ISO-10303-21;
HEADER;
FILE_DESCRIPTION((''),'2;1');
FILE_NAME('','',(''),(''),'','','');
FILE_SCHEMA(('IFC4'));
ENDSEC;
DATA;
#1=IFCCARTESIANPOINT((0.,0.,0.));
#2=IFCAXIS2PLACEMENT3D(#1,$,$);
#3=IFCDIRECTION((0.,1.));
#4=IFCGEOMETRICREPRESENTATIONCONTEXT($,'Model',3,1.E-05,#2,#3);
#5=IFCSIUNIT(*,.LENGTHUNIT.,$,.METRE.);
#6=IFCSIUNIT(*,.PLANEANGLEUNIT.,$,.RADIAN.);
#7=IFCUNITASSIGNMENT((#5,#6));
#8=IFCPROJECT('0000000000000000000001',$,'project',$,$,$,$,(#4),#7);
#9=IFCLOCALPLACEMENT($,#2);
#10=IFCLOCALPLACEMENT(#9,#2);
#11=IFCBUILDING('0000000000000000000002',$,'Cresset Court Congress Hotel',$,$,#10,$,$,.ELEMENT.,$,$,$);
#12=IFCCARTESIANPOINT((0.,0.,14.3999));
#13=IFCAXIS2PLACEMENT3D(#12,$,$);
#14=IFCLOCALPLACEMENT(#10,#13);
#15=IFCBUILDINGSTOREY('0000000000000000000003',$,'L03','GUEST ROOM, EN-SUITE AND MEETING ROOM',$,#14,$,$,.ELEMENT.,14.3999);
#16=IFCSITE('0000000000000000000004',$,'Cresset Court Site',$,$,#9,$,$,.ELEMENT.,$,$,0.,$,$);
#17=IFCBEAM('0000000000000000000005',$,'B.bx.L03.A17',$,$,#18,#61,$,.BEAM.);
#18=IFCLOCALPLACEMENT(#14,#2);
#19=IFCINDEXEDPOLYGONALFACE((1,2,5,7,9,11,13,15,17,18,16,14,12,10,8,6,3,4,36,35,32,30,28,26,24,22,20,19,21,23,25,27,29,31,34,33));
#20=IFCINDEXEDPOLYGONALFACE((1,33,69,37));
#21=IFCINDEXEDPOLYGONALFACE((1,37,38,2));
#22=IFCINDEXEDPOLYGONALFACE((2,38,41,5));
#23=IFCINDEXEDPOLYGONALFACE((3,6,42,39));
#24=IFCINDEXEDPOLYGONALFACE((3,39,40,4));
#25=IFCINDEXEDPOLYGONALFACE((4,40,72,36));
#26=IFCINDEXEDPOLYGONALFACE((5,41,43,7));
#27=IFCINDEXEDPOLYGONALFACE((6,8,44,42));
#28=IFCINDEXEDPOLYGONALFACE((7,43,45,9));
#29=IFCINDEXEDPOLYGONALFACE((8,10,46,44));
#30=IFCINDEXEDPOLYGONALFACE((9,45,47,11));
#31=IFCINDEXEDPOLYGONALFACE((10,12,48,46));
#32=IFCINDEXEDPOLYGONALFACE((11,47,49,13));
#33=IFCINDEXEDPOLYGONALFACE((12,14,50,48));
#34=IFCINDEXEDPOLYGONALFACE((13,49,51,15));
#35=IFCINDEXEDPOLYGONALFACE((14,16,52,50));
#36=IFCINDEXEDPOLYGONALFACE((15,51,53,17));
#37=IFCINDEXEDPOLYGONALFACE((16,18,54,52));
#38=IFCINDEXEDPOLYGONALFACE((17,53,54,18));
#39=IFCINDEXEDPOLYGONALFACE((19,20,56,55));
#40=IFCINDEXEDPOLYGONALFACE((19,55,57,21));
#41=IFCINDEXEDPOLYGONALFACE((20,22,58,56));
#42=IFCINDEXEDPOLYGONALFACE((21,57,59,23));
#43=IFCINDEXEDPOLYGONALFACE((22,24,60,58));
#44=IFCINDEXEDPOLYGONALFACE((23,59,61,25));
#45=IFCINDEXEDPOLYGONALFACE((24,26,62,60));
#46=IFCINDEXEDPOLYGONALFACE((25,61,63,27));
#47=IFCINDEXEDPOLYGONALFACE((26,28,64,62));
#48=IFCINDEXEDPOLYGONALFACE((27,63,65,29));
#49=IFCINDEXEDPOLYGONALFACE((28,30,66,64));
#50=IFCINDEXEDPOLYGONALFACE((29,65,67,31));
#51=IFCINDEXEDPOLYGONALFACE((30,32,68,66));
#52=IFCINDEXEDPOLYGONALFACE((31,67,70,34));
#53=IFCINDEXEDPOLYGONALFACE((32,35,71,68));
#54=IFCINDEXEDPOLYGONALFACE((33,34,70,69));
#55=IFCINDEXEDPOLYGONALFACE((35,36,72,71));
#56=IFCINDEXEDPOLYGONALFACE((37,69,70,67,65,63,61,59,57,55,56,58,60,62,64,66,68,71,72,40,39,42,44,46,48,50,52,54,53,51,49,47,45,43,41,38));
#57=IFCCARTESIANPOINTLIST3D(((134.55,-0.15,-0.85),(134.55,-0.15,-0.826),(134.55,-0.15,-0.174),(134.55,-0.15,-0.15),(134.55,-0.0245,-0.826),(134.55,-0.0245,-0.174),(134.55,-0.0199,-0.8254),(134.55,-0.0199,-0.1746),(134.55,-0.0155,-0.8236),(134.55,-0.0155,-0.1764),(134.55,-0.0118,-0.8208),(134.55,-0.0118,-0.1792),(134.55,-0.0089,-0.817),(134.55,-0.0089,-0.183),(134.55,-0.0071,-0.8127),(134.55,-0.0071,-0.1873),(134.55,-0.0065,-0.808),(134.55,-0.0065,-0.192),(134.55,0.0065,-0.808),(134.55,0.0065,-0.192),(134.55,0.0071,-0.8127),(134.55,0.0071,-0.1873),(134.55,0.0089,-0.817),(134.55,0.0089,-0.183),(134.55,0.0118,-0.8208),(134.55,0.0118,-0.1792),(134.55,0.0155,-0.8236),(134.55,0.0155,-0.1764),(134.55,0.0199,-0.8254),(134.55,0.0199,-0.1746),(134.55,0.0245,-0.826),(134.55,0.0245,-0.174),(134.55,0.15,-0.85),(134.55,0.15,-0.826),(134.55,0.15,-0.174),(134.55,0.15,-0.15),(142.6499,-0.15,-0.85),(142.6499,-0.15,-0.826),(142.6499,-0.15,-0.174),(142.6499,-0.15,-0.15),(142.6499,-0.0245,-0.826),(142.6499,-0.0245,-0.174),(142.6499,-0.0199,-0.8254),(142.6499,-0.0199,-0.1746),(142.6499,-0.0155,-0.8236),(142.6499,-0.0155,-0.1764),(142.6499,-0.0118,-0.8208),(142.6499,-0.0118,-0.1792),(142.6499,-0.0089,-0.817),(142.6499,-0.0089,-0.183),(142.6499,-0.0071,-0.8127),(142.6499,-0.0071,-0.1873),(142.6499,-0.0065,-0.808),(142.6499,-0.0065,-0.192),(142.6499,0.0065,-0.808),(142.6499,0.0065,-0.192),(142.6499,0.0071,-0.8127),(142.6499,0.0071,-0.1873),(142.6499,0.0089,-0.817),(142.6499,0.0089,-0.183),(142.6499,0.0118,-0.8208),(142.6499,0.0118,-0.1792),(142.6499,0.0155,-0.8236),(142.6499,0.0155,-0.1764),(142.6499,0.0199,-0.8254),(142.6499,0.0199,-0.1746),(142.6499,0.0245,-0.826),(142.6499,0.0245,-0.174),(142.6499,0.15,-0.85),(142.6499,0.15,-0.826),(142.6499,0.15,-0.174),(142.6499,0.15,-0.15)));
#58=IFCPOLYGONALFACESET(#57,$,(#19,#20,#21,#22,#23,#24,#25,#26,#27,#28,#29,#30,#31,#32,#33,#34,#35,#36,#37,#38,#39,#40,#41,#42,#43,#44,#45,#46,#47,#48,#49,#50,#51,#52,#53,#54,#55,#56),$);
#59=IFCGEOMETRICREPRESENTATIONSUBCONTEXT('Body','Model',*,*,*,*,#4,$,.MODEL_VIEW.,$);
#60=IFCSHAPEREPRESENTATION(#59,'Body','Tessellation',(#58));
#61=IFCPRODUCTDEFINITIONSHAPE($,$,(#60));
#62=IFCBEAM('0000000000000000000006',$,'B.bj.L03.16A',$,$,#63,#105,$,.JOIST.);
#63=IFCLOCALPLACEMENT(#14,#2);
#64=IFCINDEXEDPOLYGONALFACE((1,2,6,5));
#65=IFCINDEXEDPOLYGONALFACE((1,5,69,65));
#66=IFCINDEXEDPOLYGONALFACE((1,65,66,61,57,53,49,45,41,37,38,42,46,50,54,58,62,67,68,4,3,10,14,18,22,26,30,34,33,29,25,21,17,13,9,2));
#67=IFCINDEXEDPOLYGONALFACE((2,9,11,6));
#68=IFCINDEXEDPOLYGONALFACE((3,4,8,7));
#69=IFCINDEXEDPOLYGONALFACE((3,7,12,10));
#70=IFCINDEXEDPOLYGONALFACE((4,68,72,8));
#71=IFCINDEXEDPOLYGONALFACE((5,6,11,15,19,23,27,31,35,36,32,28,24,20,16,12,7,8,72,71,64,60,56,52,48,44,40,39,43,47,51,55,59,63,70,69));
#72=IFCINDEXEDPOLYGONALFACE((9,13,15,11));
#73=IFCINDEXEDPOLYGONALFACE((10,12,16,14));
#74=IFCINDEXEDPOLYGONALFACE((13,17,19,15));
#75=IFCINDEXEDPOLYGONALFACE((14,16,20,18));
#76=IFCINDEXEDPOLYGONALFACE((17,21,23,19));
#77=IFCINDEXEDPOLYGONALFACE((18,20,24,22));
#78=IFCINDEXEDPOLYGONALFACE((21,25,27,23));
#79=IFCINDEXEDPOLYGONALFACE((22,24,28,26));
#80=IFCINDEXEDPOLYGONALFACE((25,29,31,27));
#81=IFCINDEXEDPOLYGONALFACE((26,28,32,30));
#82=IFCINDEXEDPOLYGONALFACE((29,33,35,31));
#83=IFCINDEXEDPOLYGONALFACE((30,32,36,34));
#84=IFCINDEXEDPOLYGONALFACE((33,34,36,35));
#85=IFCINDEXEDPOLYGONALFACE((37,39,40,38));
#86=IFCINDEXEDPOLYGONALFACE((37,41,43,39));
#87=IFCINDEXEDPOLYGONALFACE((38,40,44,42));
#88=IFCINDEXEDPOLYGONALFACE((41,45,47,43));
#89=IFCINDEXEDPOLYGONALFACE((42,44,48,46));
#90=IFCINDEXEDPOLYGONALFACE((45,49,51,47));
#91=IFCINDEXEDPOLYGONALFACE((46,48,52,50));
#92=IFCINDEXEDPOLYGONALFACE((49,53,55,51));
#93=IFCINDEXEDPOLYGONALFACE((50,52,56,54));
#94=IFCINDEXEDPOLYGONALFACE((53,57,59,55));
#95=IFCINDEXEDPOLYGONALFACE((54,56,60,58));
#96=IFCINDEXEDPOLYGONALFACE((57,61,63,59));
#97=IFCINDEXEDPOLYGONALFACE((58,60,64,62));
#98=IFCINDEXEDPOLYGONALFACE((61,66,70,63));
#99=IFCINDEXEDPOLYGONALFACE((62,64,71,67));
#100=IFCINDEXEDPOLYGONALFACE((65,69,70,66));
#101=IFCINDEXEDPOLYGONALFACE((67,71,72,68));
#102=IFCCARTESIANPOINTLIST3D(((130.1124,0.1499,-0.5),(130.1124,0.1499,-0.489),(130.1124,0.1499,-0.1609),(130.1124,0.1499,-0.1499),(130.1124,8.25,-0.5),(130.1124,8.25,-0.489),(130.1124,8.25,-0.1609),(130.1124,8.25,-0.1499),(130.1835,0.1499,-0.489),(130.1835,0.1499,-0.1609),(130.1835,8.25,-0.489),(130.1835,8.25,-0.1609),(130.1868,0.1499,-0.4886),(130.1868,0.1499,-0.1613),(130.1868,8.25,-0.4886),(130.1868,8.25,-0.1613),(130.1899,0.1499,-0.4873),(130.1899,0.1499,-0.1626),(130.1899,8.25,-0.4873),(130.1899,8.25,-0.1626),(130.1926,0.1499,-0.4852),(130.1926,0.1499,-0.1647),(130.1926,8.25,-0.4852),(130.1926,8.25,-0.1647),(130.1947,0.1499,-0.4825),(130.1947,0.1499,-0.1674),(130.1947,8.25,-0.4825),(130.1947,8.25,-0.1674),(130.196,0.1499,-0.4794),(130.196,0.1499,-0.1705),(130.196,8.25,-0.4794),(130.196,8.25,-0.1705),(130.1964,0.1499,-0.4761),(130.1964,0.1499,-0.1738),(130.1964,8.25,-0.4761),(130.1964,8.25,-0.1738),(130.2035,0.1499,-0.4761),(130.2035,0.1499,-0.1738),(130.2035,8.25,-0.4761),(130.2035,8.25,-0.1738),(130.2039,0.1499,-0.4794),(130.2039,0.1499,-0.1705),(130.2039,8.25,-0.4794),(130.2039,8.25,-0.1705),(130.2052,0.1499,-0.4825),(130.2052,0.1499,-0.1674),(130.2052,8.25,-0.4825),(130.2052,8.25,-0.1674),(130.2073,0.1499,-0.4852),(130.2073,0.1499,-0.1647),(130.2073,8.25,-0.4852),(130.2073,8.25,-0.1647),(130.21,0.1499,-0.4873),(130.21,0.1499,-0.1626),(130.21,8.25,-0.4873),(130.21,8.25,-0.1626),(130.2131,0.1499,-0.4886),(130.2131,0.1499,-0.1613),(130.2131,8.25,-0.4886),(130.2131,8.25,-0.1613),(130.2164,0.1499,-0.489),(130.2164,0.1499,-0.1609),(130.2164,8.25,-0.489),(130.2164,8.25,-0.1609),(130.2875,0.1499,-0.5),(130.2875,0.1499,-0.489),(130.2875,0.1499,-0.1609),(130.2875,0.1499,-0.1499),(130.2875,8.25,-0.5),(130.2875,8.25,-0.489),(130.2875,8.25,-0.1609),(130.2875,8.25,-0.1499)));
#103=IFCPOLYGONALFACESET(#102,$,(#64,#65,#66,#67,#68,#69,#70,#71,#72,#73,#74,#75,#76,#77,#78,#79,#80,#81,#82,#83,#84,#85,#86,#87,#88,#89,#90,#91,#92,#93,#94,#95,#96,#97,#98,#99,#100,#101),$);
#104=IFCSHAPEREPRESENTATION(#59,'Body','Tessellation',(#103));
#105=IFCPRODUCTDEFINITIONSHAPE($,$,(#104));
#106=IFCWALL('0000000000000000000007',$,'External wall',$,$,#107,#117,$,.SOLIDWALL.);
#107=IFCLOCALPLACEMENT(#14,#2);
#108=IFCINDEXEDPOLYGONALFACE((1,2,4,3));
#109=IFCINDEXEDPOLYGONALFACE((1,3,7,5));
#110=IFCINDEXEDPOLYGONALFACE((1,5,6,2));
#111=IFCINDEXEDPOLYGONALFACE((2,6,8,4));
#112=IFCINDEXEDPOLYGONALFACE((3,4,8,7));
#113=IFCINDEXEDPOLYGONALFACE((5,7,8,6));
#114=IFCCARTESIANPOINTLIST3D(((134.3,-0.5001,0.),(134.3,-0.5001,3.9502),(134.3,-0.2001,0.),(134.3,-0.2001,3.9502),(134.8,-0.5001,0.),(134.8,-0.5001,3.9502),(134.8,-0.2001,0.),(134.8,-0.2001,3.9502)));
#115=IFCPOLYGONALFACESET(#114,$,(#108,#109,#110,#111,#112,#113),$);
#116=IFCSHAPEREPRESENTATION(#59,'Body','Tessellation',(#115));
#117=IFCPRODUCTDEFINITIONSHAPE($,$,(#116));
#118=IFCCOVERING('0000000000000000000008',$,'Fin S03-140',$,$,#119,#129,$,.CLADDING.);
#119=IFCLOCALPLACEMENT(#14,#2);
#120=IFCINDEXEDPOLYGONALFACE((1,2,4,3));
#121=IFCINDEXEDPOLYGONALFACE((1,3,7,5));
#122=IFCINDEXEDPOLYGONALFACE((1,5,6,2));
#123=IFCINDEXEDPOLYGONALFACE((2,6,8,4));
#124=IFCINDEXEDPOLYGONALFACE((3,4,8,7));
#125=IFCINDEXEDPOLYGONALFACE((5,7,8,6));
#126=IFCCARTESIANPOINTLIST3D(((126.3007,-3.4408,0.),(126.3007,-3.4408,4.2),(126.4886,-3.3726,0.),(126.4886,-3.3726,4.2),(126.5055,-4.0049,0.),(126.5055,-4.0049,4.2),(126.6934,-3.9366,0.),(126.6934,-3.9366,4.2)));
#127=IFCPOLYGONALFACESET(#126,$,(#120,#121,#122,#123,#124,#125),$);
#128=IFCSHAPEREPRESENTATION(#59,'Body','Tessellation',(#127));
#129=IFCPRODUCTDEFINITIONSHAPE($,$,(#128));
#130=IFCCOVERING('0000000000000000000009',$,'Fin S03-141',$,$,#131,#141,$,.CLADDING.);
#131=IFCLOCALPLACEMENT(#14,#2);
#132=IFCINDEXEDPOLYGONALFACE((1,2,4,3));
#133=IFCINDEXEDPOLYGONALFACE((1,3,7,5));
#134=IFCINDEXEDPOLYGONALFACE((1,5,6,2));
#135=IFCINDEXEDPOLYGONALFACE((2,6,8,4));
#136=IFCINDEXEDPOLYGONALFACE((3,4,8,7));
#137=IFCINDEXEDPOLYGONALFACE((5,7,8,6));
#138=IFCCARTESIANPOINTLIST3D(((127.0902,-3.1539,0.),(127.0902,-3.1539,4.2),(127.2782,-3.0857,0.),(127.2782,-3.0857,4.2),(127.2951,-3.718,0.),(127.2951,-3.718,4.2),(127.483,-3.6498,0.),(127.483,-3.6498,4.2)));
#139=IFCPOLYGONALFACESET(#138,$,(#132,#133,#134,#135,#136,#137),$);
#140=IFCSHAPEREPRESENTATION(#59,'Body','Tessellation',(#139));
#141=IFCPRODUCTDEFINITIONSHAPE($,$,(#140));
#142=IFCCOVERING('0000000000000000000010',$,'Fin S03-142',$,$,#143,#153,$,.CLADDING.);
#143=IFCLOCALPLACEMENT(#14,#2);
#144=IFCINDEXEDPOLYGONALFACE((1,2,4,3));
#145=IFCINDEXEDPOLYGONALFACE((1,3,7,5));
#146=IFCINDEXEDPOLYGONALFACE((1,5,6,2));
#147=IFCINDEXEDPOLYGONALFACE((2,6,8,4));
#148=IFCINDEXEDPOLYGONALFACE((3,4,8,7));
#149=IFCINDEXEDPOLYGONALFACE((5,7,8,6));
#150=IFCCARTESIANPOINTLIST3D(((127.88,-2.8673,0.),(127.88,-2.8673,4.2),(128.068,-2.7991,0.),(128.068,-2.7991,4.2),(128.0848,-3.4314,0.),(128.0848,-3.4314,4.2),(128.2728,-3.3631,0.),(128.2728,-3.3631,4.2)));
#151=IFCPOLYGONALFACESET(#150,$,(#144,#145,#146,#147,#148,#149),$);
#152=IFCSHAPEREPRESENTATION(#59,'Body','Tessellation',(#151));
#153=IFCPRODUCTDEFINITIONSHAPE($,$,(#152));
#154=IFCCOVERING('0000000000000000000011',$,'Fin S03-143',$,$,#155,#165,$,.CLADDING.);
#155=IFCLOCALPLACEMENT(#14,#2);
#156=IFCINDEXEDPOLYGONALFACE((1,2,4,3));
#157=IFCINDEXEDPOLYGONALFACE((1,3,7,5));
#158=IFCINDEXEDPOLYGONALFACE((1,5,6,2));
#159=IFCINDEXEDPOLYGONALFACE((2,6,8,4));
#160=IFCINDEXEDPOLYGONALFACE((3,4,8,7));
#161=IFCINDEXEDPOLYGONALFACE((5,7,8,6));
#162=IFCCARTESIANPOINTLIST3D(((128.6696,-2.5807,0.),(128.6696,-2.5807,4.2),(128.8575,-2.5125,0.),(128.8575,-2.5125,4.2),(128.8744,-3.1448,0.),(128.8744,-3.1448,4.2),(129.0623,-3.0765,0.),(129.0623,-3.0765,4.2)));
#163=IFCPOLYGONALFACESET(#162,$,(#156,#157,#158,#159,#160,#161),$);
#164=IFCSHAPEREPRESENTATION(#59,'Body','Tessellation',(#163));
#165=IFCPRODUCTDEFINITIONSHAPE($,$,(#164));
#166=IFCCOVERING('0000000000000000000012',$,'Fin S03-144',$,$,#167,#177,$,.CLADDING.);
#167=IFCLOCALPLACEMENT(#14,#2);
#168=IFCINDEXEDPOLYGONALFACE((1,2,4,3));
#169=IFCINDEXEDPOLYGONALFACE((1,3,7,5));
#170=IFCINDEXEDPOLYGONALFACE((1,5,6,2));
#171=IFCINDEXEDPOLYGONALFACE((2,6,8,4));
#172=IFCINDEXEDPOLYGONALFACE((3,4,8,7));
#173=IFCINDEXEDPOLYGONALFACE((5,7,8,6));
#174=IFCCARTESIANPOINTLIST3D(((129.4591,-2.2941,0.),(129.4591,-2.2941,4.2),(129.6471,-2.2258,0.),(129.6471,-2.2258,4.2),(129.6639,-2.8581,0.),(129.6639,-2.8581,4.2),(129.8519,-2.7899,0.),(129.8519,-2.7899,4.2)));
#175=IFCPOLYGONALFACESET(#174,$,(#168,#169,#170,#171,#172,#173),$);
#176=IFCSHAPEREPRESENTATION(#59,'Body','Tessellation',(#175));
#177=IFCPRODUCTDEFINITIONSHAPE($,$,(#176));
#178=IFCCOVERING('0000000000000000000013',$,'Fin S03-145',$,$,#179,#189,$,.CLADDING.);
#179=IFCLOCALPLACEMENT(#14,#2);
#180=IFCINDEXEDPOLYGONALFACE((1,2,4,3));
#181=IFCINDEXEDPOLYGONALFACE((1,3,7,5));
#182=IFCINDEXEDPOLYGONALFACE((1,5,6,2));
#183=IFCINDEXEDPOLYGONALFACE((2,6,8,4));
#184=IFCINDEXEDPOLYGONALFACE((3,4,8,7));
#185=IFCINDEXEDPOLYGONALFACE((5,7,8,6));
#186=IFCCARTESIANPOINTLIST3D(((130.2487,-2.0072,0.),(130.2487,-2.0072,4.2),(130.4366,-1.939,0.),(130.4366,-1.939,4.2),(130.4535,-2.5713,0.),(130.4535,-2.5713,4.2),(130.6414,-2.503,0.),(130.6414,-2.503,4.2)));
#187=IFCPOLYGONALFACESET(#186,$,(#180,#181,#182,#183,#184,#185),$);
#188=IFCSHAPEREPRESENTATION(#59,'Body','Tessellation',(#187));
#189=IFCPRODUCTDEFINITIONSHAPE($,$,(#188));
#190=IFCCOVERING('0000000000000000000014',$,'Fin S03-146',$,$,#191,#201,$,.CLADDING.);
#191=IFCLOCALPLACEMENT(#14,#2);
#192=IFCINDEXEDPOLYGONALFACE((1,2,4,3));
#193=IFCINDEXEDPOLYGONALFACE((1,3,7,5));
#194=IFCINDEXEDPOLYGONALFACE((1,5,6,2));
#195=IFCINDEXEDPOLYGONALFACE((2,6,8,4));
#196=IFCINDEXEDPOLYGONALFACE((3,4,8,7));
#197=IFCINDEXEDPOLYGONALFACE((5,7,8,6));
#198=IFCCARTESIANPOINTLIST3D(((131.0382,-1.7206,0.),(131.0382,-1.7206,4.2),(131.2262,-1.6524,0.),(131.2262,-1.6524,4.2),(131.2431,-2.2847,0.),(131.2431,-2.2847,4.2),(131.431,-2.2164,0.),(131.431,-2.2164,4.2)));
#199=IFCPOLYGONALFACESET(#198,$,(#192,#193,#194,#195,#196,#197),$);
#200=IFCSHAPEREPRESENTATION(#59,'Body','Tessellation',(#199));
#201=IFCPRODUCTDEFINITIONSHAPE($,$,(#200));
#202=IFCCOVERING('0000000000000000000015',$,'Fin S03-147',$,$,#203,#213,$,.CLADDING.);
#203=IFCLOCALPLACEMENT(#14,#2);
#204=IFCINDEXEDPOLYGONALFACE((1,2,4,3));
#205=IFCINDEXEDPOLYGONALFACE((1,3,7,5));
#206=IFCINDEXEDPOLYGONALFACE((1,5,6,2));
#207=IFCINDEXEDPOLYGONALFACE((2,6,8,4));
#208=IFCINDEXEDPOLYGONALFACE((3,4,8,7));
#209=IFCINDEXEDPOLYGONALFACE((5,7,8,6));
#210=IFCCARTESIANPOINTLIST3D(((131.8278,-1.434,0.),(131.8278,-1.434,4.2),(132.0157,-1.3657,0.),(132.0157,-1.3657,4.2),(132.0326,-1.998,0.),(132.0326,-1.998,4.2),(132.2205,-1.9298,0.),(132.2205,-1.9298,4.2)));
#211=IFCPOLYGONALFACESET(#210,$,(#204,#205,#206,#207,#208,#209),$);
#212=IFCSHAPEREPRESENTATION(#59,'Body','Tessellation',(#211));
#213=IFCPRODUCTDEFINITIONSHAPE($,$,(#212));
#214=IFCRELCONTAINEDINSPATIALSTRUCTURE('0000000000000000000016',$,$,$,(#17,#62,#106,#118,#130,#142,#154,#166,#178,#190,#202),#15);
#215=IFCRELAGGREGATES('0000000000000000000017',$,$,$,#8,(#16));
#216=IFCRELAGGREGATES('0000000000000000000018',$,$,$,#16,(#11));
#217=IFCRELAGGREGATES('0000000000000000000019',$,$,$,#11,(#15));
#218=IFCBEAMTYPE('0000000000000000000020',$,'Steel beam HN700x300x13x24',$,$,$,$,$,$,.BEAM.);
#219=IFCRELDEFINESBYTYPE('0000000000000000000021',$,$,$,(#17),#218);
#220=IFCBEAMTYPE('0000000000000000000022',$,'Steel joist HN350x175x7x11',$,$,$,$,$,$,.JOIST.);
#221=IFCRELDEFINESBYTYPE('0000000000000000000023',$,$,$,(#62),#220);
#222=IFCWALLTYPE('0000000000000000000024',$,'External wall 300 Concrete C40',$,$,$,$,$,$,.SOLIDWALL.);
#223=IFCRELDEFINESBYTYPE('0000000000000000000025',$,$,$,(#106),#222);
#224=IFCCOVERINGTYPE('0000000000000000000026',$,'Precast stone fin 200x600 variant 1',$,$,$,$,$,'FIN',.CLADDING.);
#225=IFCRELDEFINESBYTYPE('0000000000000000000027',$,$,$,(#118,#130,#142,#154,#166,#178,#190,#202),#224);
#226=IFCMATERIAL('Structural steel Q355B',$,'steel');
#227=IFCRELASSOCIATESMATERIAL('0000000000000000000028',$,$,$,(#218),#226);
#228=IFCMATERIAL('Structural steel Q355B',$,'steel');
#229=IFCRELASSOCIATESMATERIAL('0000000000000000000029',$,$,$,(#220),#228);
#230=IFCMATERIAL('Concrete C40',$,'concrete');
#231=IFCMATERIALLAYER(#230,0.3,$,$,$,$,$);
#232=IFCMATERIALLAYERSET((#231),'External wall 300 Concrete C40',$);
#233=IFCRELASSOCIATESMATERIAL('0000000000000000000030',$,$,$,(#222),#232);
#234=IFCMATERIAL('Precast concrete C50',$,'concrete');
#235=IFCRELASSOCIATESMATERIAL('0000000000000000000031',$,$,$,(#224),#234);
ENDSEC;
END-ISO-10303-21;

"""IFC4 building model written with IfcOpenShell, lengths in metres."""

from ifc_helpers import new_model, si_unit, direction, frame, frame_2d, origin, origin_2d, place, context, subcontext, project, spatial, rectangle, i_section, extrude, material, layer, layer_set, material_profile, profile_set, type_object, element, save


model = new_model("IFC4")

# Units and contexts
model_context = context("Model", 3, precision=1e-05, world=origin(), true_north=direction((0.0, 1.0)))
body_context = subcontext(model_context, "Body", "Model", "MODEL_VIEW")
ifc_project = project(units=[si_unit("LENGTHUNIT", "METRE"), si_unit("PLANEANGLEUNIT", "RADIAN")], contexts=[model_context])

# Site, building, storey
site_placement = place(None, origin())
site = spatial("IfcSite", under=ifc_project, at=site_placement, Name="Cresset Court Site", CompositionType="ELEMENT", RefElevation=0.0)
building_placement = place(site_placement, origin())
building = spatial("IfcBuilding", under=site, at=building_placement, Name="Cresset Court Congress Hotel", CompositionType="ELEMENT")
storey_placement = place(building_placement, frame((0.0, 0.0, 14.3999)))
storey = spatial("IfcBuildingStorey", under=building, at=storey_placement, Name="L03", Description="GUEST ROOM, EN-SUITE AND MEETING ROOM", CompositionType="ELEMENT", Elevation=14.3999)

# Beams
ifc_material_1 = material(Name="Structural steel Q355B", Category="steel")
ifc_material_profile_1 = material_profile(ifc_material_1, i_section(OverallWidth=0.3, OverallDepth=0.7, WebThickness=0.0129, FlangeThickness=0.0239, FilletRadius=0.0181, at=origin_2d()), Name="HN700x300x13x24")
ifc_profile_set_1 = profile_set([ifc_material_profile_1], Name="Structural steel Q355B")
beam_type_1 = type_object("IfcBeamType", Name="Steel beam HN700x300x13x24", PredefinedType="BEAM", material=ifc_profile_set_1)
beam_1_placement = place(storey_placement, frame((134.55, 0.0, -0.5), z_axis=(1.0, 0.0, 0.0), x_axis=(0.0, 1.0, 0.0)))
element("IfcBeam", 1, at=beam_1_placement, inside=storey, type_object=beam_type_1, Name="B.bx.L03.A17", PredefinedType="BEAM", context=body_context, shape_type="SweptSolid", body=[
    extrude(i_section(OverallWidth=0.3, OverallDepth=0.7, WebThickness=0.0129, FlangeThickness=0.0239, FilletRadius=0.0181, at=origin_2d()), origin(), (0.0, 0.0, 1.0), 8.0999),
])
ifc_material_2 = material(Name="Structural steel Q355B", Category="steel")
ifc_material_profile_2 = material_profile(ifc_material_2, i_section(OverallWidth=0.175, OverallDepth=0.3501, WebThickness=0.0071, FlangeThickness=0.011, FilletRadius=0.0129, at=origin_2d()), Name="HN350x175x7x11")
ifc_profile_set_2 = profile_set([ifc_material_profile_2], Name="Structural steel Q355B")
beam_type_2 = type_object("IfcBeamType", Name="Steel joist HN350x175x7x11", PredefinedType="JOIST", material=ifc_profile_set_2)
beam_2_placement = place(storey_placement, frame((130.2, 0.1499, -0.325), z_axis=(0.0, 1.0, 0.0), x_axis=(-1.0, 0.0, 0.0)))
element("IfcBeam", 2, at=beam_2_placement, inside=storey, type_object=beam_type_2, Name="B.bj.L03.16A", PredefinedType="JOIST", context=body_context, shape_type="SweptSolid", body=[
    extrude(i_section(OverallWidth=0.175, OverallDepth=0.3501, WebThickness=0.0071, FlangeThickness=0.011, FilletRadius=0.0129, at=origin_2d()), origin(), (0.0, 0.0, 1.0), 8.1001),
])

# Wall
ifc_material_3 = material(Name="Concrete C40", Category="concrete")
ifc_layer_1 = layer(ifc_material_3, 0.3)
ifc_layer_set_1 = layer_set([ifc_layer_1], Name="External wall 300 Concrete C40")
wall_type = type_object("IfcWallType", Name="External wall 300 Concrete C40", PredefinedType="SOLIDWALL", material=ifc_layer_set_1)
wall_placement = place(storey_placement, frame((134.3, -0.3501, 0.0), z_axis=(0.0, 0.0, 1.0), x_axis=(1.0, 0.0, 0.0)))
element("IfcWall", 3, at=wall_placement, inside=storey, type_object=wall_type, Name="External wall", PredefinedType="SOLIDWALL", context=body_context, shape_type="SweptSolid", body=[
    extrude(rectangle(XDim=0.5, YDim=0.3, at=frame_2d((0.25, 0.0))), origin(), (0.0, 0.0, 1.0), 3.9502),
])

# Coverings
ifc_material_4 = material(Name="Precast concrete C50", Category="concrete")
covering_type_1 = type_object("IfcCoveringType", Name="Precast stone fin 200x600 variant 1", ElementType="FIN", PredefinedType="CLADDING", material=ifc_material_4)
for number, where, z_axis, x_axis, name in (
    (4, (126.4971, -3.6887, 0.0), (0.0, 0.0, 1.0), (0.939957, 0.341293, 0.0), "Fin S03-140"),
    (5, (127.2866, -3.4019, 0.0), (0.0, 0.0, 1.0), (0.939957, 0.341293, 0.0), "Fin S03-141"),
    (6, (128.0764, -3.1152, 0.0), (0.0, 0.0, 1.0), (0.939957, 0.341293, 0.0), "Fin S03-142"),
    (7, (128.866, -2.8286, 0.0), (0.0, 0.0, 1.0), (0.939957, 0.341293, 0.0), "Fin S03-143"),
    (8, (129.6555, -2.542, 0.0), (0.0, 0.0, 1.0), (0.939957, 0.341293, 0.0), "Fin S03-144"),
    (9, (130.4451, -2.2551, 0.0), (0.0, 0.0, 1.0), (0.939957, 0.341293, 0.0), "Fin S03-145"),
    (10, (131.2346, -1.9685, 0.0), (0.0, 0.0, 1.0), (0.939957, 0.341293, 0.0), "Fin S03-146"),
    (11, (132.0242, -1.6819, 0.0), (0.0, 0.0, 1.0), (0.939957, 0.341293, 0.0), "Fin S03-147"),
):
    element("IfcCovering", number, at=place(storey_placement, frame(where, z_axis=z_axis, x_axis=x_axis)), inside=storey, type_object=covering_type_1, Name=name, PredefinedType="CLADDING", context=body_context, shape_type="SweptSolid", body=[
        extrude(rectangle(XDim=0.2, YDim=0.6001, at=origin_2d()), origin(), (0.0, 0.0, 1.0), 4.2),
    ])

save(model, "model.ifc")
